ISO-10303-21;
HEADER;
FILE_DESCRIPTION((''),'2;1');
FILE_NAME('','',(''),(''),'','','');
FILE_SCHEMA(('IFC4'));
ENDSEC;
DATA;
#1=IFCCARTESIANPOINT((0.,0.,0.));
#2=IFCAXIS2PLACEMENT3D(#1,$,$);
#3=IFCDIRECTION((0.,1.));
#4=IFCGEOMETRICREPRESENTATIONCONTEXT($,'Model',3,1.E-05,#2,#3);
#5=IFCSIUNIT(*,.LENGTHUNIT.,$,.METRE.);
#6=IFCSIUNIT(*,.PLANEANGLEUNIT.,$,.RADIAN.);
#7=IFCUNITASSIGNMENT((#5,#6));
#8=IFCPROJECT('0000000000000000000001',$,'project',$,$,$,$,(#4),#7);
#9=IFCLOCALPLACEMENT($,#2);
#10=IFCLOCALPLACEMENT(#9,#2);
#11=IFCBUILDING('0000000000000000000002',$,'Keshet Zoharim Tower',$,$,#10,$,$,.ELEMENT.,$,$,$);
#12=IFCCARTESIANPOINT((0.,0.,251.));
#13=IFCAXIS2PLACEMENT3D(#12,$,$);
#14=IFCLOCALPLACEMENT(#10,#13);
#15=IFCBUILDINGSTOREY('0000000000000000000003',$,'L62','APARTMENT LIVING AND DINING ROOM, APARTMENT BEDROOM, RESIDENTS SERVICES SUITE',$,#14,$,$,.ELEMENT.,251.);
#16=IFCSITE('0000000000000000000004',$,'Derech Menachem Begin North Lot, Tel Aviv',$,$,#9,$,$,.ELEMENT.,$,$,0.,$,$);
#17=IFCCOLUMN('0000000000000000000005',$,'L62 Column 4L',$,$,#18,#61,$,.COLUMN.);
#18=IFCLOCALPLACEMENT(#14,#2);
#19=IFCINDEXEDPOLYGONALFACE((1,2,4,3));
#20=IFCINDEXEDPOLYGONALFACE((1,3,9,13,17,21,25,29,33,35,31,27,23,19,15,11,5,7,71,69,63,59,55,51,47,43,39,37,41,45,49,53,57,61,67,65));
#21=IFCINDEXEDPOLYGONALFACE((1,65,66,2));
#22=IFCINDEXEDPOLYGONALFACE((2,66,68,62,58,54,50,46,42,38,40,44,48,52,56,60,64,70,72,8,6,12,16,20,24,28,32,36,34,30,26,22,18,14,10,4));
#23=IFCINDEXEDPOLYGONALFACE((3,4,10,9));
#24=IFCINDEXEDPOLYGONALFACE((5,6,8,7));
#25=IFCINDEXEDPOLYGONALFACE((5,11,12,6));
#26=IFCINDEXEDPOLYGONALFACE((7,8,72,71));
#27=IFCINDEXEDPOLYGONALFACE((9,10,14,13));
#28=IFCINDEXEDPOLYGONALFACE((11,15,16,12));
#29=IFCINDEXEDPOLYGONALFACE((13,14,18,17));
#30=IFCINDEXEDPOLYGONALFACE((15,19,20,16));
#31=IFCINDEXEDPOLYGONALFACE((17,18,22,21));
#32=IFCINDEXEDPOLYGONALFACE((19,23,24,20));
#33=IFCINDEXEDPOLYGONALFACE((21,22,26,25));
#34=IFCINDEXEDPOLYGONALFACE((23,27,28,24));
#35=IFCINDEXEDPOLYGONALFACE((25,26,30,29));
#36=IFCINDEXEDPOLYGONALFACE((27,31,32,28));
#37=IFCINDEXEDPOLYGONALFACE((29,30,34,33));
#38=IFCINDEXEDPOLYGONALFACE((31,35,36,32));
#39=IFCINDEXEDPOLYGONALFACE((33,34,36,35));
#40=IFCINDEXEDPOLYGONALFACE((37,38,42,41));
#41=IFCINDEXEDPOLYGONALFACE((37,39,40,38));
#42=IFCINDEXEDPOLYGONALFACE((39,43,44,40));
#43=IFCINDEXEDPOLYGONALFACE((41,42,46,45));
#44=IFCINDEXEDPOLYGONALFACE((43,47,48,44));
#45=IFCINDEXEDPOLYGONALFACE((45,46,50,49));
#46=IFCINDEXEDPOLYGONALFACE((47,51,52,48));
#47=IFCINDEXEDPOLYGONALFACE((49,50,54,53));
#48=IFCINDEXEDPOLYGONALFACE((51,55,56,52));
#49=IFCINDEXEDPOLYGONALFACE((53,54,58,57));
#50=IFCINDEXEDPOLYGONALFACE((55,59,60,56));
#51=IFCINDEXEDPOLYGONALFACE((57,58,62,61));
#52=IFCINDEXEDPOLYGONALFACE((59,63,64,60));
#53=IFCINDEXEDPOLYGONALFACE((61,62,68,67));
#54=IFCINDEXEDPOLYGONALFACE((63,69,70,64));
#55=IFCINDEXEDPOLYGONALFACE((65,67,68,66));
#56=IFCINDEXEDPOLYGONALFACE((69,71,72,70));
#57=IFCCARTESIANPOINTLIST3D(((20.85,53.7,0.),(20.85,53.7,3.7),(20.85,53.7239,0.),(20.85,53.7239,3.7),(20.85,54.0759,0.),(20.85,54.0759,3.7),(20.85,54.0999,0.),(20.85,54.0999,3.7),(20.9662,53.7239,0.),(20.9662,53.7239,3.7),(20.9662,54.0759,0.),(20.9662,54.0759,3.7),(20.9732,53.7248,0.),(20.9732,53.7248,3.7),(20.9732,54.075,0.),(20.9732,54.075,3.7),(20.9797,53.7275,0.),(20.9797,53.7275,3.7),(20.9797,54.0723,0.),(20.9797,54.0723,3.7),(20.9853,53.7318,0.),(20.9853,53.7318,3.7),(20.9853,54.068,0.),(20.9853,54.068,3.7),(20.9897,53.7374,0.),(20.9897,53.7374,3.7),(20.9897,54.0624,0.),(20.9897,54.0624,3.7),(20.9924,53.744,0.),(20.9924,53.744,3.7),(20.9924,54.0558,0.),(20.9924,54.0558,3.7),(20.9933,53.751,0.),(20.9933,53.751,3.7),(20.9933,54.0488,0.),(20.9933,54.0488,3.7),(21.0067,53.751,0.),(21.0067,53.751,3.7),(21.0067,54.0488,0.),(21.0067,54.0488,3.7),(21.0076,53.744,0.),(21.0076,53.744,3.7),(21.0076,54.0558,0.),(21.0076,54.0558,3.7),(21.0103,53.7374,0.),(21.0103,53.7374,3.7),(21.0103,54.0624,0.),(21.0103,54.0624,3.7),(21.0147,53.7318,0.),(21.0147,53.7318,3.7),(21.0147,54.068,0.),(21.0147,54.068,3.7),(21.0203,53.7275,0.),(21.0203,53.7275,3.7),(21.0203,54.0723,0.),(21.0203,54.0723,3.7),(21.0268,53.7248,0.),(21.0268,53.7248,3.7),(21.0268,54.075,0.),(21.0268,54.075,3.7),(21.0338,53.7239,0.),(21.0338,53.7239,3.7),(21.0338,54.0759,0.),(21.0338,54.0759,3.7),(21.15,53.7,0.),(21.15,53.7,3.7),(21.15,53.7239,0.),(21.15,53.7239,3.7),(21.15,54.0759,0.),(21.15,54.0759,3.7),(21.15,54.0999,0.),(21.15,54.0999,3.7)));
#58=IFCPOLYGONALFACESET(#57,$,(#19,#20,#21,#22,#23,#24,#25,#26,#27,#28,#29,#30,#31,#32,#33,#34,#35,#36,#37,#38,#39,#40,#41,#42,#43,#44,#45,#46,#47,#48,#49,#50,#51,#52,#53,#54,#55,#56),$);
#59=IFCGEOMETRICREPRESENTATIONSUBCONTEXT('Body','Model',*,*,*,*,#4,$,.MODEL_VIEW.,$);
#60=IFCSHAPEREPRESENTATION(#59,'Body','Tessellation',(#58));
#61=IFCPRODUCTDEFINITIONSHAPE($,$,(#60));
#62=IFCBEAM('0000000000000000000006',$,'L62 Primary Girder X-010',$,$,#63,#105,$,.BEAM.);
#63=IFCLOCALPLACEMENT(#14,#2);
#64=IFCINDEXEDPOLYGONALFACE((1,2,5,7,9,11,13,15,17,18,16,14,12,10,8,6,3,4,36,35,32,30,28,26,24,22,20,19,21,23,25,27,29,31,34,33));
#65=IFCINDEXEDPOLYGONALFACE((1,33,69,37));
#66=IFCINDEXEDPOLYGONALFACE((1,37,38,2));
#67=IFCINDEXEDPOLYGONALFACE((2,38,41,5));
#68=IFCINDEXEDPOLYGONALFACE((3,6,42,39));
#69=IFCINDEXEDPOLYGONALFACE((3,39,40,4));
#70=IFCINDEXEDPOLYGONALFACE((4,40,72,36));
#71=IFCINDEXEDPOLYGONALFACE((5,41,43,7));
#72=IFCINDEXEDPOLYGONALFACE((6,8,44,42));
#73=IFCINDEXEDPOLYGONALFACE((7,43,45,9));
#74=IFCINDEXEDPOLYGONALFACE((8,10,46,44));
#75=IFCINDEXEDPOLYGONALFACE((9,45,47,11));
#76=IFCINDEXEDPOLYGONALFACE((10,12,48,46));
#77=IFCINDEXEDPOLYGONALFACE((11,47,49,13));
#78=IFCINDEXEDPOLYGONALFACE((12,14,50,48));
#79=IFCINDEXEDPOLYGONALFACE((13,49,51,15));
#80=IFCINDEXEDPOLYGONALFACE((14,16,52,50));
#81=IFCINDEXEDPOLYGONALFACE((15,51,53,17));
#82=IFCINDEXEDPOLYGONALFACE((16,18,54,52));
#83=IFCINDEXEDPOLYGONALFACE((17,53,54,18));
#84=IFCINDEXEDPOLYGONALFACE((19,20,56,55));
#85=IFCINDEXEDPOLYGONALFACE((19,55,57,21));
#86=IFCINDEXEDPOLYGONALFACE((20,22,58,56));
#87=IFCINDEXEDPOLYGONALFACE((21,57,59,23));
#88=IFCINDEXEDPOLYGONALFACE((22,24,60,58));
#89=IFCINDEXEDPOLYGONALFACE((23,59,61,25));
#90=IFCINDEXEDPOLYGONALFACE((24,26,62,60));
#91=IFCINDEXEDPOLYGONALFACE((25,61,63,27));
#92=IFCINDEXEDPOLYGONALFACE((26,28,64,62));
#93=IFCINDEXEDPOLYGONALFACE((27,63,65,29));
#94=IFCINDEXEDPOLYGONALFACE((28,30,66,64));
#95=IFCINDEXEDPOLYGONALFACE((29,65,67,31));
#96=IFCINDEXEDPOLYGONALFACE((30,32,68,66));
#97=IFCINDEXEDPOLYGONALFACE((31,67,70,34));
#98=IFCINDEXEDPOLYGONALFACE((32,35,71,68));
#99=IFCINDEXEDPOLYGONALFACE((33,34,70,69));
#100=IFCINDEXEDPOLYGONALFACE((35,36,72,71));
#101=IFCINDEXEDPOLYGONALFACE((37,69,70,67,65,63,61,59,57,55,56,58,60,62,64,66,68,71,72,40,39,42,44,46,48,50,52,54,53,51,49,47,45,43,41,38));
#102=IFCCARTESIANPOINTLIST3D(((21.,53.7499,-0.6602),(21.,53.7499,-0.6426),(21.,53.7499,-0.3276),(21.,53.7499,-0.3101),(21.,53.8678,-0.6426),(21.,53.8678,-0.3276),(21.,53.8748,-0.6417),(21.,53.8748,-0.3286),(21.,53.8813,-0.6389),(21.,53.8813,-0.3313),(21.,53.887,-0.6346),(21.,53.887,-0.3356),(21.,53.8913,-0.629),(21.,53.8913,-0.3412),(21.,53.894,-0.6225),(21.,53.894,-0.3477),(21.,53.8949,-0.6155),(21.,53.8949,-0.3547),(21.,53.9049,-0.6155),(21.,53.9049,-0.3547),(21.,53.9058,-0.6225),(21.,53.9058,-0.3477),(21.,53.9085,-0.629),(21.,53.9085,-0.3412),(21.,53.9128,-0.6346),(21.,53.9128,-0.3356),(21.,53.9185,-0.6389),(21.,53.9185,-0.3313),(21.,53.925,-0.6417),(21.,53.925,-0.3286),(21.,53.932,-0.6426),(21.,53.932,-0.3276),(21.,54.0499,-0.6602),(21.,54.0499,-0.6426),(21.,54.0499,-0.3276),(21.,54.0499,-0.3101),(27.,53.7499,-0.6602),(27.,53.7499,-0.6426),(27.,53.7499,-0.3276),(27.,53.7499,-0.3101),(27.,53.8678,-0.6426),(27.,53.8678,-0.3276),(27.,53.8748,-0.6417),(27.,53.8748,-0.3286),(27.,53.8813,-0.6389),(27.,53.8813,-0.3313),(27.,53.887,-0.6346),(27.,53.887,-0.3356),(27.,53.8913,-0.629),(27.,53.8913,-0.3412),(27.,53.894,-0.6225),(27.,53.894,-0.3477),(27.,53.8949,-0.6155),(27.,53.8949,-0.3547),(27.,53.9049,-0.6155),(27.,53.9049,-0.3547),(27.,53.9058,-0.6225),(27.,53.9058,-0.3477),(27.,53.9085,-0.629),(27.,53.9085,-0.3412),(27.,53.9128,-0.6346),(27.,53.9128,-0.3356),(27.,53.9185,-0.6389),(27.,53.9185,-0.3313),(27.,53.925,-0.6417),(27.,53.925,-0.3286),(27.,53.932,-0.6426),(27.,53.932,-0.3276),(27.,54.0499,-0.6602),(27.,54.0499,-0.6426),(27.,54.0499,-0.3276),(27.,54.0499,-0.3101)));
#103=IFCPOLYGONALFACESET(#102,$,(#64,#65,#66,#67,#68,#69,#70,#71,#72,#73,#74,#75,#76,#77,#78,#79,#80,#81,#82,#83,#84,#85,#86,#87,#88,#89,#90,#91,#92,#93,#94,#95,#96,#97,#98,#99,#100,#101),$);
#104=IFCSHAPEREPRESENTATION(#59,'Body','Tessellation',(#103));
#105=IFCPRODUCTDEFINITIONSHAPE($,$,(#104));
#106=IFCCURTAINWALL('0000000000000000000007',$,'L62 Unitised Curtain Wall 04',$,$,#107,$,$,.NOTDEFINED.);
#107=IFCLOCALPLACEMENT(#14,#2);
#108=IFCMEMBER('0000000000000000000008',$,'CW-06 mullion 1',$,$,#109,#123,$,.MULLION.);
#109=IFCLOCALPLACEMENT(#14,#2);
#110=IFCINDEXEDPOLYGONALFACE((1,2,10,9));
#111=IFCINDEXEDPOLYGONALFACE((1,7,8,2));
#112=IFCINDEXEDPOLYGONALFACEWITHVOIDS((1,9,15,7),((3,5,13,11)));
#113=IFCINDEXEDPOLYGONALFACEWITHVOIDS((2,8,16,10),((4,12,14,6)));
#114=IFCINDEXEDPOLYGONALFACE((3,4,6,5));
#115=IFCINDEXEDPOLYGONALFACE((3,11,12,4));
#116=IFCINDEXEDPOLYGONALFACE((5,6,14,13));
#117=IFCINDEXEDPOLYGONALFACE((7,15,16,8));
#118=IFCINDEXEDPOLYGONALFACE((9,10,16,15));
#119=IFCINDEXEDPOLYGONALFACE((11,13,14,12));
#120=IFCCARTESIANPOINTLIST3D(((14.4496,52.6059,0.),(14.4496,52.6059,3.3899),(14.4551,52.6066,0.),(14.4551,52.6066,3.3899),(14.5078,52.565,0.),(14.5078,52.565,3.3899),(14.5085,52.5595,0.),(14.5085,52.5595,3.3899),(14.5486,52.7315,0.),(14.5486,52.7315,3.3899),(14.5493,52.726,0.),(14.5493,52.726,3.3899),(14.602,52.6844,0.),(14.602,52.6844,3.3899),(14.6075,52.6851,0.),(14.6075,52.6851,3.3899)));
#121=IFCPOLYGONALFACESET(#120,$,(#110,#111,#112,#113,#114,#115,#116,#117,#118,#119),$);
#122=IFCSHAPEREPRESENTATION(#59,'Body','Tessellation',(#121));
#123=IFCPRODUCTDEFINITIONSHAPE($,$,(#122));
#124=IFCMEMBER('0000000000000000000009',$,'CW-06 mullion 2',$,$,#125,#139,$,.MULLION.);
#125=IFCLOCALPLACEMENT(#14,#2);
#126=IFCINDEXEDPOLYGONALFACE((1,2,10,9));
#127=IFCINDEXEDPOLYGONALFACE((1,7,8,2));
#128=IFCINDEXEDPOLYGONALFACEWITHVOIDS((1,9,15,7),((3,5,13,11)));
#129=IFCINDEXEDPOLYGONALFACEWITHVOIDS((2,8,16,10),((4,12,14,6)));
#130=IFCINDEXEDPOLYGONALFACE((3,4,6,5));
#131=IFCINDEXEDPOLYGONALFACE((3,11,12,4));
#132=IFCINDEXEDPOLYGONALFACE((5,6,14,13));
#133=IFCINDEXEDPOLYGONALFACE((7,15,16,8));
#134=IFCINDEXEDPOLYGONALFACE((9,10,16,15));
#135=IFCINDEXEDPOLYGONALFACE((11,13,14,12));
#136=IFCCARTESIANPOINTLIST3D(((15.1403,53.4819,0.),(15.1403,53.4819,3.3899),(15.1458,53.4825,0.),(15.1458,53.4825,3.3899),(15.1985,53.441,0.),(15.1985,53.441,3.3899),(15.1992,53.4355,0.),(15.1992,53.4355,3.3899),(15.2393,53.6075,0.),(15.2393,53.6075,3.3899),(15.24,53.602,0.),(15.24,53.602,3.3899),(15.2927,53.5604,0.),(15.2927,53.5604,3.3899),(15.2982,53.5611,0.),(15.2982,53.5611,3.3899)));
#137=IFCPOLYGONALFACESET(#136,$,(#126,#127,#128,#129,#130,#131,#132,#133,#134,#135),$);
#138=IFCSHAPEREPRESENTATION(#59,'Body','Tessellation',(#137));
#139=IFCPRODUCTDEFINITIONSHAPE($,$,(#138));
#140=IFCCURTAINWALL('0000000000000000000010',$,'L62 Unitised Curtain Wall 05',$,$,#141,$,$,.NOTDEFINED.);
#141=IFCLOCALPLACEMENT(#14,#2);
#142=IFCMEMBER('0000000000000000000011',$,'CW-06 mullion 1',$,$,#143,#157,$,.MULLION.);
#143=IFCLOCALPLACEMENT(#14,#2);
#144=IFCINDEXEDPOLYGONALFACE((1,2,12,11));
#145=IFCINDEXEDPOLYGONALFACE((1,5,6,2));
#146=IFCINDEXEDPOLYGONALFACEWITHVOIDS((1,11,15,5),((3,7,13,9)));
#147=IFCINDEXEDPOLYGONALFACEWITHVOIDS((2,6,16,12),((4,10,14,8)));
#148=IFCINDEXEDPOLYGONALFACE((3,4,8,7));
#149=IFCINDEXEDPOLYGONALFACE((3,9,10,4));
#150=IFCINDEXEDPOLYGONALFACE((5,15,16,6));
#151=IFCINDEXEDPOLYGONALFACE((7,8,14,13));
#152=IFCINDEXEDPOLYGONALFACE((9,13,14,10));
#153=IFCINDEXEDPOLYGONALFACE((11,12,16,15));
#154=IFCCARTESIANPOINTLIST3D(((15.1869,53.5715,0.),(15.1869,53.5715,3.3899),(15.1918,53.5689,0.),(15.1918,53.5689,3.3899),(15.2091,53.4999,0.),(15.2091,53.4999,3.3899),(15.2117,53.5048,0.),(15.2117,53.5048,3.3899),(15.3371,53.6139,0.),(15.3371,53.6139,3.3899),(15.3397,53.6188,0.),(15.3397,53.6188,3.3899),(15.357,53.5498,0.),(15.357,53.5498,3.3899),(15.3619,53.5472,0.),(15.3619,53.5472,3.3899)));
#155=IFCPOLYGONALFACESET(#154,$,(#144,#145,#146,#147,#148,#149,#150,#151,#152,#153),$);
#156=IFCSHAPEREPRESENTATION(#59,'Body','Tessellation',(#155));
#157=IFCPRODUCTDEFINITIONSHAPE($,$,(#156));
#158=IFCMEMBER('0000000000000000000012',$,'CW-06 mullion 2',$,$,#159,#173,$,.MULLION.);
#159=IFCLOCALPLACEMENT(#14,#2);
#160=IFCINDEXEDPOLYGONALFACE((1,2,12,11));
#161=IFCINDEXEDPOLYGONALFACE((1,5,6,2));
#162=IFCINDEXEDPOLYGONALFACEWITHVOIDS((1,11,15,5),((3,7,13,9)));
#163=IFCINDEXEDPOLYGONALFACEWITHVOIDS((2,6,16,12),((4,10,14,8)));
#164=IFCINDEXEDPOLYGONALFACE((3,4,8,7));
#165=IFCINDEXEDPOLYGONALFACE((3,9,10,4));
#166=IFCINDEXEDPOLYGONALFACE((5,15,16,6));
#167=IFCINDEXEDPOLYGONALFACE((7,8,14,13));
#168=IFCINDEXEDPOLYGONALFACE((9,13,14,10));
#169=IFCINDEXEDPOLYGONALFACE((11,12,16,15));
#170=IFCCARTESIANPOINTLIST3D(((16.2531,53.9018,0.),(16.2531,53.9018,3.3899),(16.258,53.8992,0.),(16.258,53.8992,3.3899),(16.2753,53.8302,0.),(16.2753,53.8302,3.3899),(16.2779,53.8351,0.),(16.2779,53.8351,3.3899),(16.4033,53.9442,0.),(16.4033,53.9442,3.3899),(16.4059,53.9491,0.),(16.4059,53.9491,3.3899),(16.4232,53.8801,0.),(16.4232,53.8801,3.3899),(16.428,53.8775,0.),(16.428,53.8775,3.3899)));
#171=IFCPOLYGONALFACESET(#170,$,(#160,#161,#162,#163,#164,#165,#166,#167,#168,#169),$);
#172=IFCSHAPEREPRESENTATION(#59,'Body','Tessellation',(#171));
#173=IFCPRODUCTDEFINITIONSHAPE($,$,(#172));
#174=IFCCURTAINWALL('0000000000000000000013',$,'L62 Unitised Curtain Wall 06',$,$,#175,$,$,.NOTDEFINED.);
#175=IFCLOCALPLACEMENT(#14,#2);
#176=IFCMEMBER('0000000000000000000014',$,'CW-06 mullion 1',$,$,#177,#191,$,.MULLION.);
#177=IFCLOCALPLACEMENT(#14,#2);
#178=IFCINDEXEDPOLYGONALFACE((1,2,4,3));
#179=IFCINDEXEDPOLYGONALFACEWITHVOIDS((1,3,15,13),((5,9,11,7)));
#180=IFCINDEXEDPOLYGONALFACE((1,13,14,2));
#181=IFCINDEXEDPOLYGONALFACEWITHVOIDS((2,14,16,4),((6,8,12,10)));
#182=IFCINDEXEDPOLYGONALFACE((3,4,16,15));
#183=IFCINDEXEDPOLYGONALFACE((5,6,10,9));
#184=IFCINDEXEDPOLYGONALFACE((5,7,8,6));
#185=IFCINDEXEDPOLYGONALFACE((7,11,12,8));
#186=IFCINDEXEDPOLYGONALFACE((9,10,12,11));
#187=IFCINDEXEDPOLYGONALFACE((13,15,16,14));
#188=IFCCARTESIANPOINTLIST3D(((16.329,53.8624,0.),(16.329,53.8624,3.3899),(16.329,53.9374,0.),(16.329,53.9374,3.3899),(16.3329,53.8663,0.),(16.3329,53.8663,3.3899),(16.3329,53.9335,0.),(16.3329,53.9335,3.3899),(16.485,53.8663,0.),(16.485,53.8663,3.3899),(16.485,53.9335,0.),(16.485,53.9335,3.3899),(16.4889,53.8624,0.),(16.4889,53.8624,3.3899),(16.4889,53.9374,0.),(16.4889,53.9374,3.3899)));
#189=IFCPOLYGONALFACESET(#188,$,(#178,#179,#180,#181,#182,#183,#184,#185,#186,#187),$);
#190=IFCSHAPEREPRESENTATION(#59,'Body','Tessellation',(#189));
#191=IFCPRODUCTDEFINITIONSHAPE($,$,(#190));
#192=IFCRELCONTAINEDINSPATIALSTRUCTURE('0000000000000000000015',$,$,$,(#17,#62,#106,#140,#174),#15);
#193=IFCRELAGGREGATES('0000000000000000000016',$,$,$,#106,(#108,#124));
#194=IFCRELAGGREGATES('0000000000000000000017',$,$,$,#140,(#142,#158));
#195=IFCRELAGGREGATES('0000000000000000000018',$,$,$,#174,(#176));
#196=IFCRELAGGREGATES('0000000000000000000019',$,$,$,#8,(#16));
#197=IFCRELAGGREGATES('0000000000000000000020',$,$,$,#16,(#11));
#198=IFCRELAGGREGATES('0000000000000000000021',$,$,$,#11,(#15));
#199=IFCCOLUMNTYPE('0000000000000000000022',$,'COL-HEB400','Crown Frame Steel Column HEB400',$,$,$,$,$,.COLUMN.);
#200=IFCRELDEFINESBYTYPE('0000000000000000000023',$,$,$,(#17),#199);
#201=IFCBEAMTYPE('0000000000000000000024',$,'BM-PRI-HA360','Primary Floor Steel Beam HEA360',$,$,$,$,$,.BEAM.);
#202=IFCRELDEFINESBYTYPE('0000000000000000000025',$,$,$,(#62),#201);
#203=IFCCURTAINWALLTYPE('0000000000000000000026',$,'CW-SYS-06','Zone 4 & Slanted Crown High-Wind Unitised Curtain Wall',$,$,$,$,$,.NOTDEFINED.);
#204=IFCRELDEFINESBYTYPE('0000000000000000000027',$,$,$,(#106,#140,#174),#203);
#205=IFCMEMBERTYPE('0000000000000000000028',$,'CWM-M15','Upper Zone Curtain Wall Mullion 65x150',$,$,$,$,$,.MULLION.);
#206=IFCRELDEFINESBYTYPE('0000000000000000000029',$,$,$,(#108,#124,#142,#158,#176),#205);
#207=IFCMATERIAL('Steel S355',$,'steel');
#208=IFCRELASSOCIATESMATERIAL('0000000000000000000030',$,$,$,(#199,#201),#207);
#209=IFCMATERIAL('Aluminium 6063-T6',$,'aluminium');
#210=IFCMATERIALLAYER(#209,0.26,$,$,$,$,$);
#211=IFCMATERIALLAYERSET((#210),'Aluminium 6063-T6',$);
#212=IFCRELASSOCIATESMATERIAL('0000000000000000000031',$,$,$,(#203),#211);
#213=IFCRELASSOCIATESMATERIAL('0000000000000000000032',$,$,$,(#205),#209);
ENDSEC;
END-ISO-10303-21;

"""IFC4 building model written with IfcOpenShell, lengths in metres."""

from ifc_helpers import new_model, si_unit, direction, frame, origin, origin_2d, place, context, subcontext, project, spatial, hollow_rectangle, i_section, extrude, material, layer, layer_set, material_profile, profile_set, type_object, element, aggregate, save


model = new_model("IFC4")

# Units and contexts
model_context = context("Model", 3, precision=1e-05, world=origin(), true_north=direction((0.0, 1.0)))
body_context = subcontext(model_context, "Body", "Model", "MODEL_VIEW")
ifc_project = project(units=[si_unit("LENGTHUNIT", "METRE"), si_unit("PLANEANGLEUNIT", "RADIAN")], contexts=[model_context])

# Site, building, storey
site_placement = place(None, origin())
site = spatial("IfcSite", under=ifc_project, at=site_placement, Name="Derech Menachem Begin North Lot, Tel Aviv", CompositionType="ELEMENT", RefElevation=0.0)
building_placement = place(site_placement, origin())
building = spatial("IfcBuilding", under=site, at=building_placement, Name="Keshet Zoharim Tower", CompositionType="ELEMENT")
storey_placement = place(building_placement, frame((0.0, 0.0, 251.0)))
storey = spatial("IfcBuildingStorey", under=building, at=storey_placement, Name="L62", Description="APARTMENT LIVING AND DINING ROOM, APARTMENT BEDROOM, RESIDENTS SERVICES SUITE", CompositionType="ELEMENT", Elevation=251.0)

# Column
ifc_material_1 = material(Name="Steel S355", Category="steel")
ifc_material_profile_1 = material_profile(ifc_material_1, i_section(OverallWidth=0.3, OverallDepth=0.3999, WebThickness=0.0134, FlangeThickness=0.0239, FilletRadius=0.0271, at=origin_2d()), Name="HEB400")
ifc_profile_set_1 = profile_set([ifc_material_profile_1], Name="Steel S355")
column_type = type_object("IfcColumnType", Name="COL-HEB400", Description="Crown Frame Steel Column HEB400", PredefinedType="COLUMN", material=ifc_profile_set_1)
column_placement = place(storey_placement, frame((21.0, 53.8999, 0.0), z_axis=(0.0, 0.0, 1.0), x_axis=(1.0, 0.0, 0.0)))
element("IfcColumn", 1, at=column_placement, inside=storey, type_object=column_type, Name="L62 Column 4L", PredefinedType="COLUMN", context=body_context, shape_type="SweptSolid", body=[
    extrude(i_section(OverallWidth=0.3, OverallDepth=0.3999, WebThickness=0.0134, FlangeThickness=0.0239, FilletRadius=0.0271, at=origin_2d()), origin(), (0.0, 0.0, 1.0), 3.7),
])

# Beam
ifc_material_profile_2 = material_profile(ifc_material_1, i_section(OverallWidth=0.3, OverallDepth=0.3501, WebThickness=0.01, FlangeThickness=0.0176, FilletRadius=0.0271, at=origin_2d()), Name="HEA360")
ifc_profile_set_2 = profile_set([ifc_material_profile_2], Name="Steel S355")
beam_type = type_object("IfcBeamType", Name="BM-PRI-HA360", Description="Primary Floor Steel Beam HEA360", PredefinedType="BEAM", material=ifc_profile_set_2)
beam_placement = place(storey_placement, frame((21.0, 53.8999, -0.4851), z_axis=(1.0, 0.0, 0.0), x_axis=(0.0, 1.0, 0.0)))
element("IfcBeam", 2, at=beam_placement, inside=storey, type_object=beam_type, Name="L62 Primary Girder X-010", PredefinedType="BEAM", context=body_context, shape_type="SweptSolid", body=[
    extrude(i_section(OverallWidth=0.3, OverallDepth=0.3501, WebThickness=0.01, FlangeThickness=0.0176, FilletRadius=0.0271, at=origin_2d()), origin(), (0.0, 0.0, 1.0), 6.0),
])

# Curtain walls, members
ifc_material_2 = material(Name="Aluminium 6063-T6", Category="aluminium")
ifc_layer_1 = layer(ifc_material_2, 0.26)
ifc_layer_set_1 = layer_set([ifc_layer_1], Name="Aluminium 6063-T6")
curtain_wall_type = type_object("IfcCurtainWallType", Name="CW-SYS-06", Description="Zone 4 & Slanted Crown High-Wind Unitised Curtain Wall", PredefinedType="NOTDEFINED", material=ifc_layer_set_1)
curtain_wall_1_placement = place(storey_placement, origin())
curtain_wall_1 = element("IfcCurtainWall", 3, at=curtain_wall_1_placement, inside=storey, type_object=curtain_wall_type, Name="L62 Unitised Curtain Wall 04", PredefinedType="NOTDEFINED")
ifc_material_profile_3 = material_profile(ifc_material_2, hollow_rectangle(XDim=0.075, YDim=0.1599, WallThickness=0.0039, at=origin_2d()), Name="MUL-75x160")
ifc_profile_set_3 = profile_set([ifc_material_profile_3], Name="Aluminium 6063-T6")
member_type_1 = type_object("IfcMemberType", Name="CWM-M15", Description="Upper Zone Curtain Wall Mullion 65x150", PredefinedType="MULLION", material=ifc_profile_set_3)
member_1_placement = place(storey_placement, frame((14.5286, 52.6455, 0.0), z_axis=(0.0, 0.0, 1.0), x_axis=(-0.785293, 0.619125, 0.0)))
member_1 = element("IfcMember", 4, at=member_1_placement, type_object=member_type_1, Name="CW-06 mullion 1", PredefinedType="MULLION", context=body_context, shape_type="SweptSolid", body=[
    extrude(hollow_rectangle(XDim=0.075, YDim=0.1599, WallThickness=0.0039, at=origin_2d()), origin(), (0.0, 0.0, 1.0), 3.3899),
])
member_2_placement = place(storey_placement, frame((15.2192, 53.5215, 0.0), z_axis=(0.0, 0.0, 1.0), x_axis=(-0.785293, 0.619125, 0.0)))
member_2 = element("IfcMember", 5, at=member_2_placement, type_object=member_type_1, Name="CW-06 mullion 2", PredefinedType="MULLION", context=body_context, shape_type="SweptSolid", body=[
    extrude(hollow_rectangle(XDim=0.075, YDim=0.1599, WallThickness=0.0039, at=origin_2d()), origin(), (0.0, 0.0, 1.0), 3.3899),
])
curtain_wall_2_placement = place(storey_placement, origin())
curtain_wall_2 = element("IfcCurtainWall", 6, at=curtain_wall_2_placement, inside=storey, type_object=curtain_wall_type, Name="L62 Unitised Curtain Wall 05", PredefinedType="NOTDEFINED")
member_3_placement = place(storey_placement, frame((15.2744, 53.5593, 0.0), z_axis=(0.0, 0.0, 1.0), x_axis=(-0.295922, 0.955212, 0.0)))
member_3 = element("IfcMember", 7, at=member_3_placement, type_object=member_type_1, Name="CW-06 mullion 1", PredefinedType="MULLION", context=body_context, shape_type="SweptSolid", body=[
    extrude(hollow_rectangle(XDim=0.075, YDim=0.1599, WallThickness=0.0039, at=origin_2d()), origin(), (0.0, 0.0, 1.0), 3.3899),
])
member_4_placement = place(storey_placement, frame((16.3406, 53.8896, 0.0), z_axis=(0.0, 0.0, 1.0), x_axis=(-0.295922, 0.955212, 0.0)))
member_4 = element("IfcMember", 8, at=member_4_placement, type_object=member_type_1, Name="CW-06 mullion 2", PredefinedType="MULLION", context=body_context, shape_type="SweptSolid", body=[
    extrude(hollow_rectangle(XDim=0.075, YDim=0.1599, WallThickness=0.0039, at=origin_2d()), origin(), (0.0, 0.0, 1.0), 3.3899),
])
curtain_wall_3_placement = place(storey_placement, origin())
curtain_wall_3 = element("IfcCurtainWall", 9, at=curtain_wall_3_placement, inside=storey, type_object=curtain_wall_type, Name="L62 Unitised Curtain Wall 06", PredefinedType="NOTDEFINED")
member_5_placement = place(storey_placement, frame((16.4089, 53.8999, 0.0), z_axis=(0.0, 0.0, 1.0), x_axis=(0.0, 1.0, 0.0)))
member_5 = element("IfcMember", 10, at=member_5_placement, type_object=member_type_1, Name="CW-06 mullion 1", PredefinedType="MULLION", context=body_context, shape_type="SweptSolid", body=[
    extrude(hollow_rectangle(XDim=0.075, YDim=0.1599, WallThickness=0.0039, at=origin_2d()), origin(), (0.0, 0.0, 1.0), 3.3899),
])

aggregate(curtain_wall_1, [member_1, member_2])
aggregate(curtain_wall_2, [member_3, member_4])
aggregate(curtain_wall_3, [member_5])

save(model, "model.ifc")
